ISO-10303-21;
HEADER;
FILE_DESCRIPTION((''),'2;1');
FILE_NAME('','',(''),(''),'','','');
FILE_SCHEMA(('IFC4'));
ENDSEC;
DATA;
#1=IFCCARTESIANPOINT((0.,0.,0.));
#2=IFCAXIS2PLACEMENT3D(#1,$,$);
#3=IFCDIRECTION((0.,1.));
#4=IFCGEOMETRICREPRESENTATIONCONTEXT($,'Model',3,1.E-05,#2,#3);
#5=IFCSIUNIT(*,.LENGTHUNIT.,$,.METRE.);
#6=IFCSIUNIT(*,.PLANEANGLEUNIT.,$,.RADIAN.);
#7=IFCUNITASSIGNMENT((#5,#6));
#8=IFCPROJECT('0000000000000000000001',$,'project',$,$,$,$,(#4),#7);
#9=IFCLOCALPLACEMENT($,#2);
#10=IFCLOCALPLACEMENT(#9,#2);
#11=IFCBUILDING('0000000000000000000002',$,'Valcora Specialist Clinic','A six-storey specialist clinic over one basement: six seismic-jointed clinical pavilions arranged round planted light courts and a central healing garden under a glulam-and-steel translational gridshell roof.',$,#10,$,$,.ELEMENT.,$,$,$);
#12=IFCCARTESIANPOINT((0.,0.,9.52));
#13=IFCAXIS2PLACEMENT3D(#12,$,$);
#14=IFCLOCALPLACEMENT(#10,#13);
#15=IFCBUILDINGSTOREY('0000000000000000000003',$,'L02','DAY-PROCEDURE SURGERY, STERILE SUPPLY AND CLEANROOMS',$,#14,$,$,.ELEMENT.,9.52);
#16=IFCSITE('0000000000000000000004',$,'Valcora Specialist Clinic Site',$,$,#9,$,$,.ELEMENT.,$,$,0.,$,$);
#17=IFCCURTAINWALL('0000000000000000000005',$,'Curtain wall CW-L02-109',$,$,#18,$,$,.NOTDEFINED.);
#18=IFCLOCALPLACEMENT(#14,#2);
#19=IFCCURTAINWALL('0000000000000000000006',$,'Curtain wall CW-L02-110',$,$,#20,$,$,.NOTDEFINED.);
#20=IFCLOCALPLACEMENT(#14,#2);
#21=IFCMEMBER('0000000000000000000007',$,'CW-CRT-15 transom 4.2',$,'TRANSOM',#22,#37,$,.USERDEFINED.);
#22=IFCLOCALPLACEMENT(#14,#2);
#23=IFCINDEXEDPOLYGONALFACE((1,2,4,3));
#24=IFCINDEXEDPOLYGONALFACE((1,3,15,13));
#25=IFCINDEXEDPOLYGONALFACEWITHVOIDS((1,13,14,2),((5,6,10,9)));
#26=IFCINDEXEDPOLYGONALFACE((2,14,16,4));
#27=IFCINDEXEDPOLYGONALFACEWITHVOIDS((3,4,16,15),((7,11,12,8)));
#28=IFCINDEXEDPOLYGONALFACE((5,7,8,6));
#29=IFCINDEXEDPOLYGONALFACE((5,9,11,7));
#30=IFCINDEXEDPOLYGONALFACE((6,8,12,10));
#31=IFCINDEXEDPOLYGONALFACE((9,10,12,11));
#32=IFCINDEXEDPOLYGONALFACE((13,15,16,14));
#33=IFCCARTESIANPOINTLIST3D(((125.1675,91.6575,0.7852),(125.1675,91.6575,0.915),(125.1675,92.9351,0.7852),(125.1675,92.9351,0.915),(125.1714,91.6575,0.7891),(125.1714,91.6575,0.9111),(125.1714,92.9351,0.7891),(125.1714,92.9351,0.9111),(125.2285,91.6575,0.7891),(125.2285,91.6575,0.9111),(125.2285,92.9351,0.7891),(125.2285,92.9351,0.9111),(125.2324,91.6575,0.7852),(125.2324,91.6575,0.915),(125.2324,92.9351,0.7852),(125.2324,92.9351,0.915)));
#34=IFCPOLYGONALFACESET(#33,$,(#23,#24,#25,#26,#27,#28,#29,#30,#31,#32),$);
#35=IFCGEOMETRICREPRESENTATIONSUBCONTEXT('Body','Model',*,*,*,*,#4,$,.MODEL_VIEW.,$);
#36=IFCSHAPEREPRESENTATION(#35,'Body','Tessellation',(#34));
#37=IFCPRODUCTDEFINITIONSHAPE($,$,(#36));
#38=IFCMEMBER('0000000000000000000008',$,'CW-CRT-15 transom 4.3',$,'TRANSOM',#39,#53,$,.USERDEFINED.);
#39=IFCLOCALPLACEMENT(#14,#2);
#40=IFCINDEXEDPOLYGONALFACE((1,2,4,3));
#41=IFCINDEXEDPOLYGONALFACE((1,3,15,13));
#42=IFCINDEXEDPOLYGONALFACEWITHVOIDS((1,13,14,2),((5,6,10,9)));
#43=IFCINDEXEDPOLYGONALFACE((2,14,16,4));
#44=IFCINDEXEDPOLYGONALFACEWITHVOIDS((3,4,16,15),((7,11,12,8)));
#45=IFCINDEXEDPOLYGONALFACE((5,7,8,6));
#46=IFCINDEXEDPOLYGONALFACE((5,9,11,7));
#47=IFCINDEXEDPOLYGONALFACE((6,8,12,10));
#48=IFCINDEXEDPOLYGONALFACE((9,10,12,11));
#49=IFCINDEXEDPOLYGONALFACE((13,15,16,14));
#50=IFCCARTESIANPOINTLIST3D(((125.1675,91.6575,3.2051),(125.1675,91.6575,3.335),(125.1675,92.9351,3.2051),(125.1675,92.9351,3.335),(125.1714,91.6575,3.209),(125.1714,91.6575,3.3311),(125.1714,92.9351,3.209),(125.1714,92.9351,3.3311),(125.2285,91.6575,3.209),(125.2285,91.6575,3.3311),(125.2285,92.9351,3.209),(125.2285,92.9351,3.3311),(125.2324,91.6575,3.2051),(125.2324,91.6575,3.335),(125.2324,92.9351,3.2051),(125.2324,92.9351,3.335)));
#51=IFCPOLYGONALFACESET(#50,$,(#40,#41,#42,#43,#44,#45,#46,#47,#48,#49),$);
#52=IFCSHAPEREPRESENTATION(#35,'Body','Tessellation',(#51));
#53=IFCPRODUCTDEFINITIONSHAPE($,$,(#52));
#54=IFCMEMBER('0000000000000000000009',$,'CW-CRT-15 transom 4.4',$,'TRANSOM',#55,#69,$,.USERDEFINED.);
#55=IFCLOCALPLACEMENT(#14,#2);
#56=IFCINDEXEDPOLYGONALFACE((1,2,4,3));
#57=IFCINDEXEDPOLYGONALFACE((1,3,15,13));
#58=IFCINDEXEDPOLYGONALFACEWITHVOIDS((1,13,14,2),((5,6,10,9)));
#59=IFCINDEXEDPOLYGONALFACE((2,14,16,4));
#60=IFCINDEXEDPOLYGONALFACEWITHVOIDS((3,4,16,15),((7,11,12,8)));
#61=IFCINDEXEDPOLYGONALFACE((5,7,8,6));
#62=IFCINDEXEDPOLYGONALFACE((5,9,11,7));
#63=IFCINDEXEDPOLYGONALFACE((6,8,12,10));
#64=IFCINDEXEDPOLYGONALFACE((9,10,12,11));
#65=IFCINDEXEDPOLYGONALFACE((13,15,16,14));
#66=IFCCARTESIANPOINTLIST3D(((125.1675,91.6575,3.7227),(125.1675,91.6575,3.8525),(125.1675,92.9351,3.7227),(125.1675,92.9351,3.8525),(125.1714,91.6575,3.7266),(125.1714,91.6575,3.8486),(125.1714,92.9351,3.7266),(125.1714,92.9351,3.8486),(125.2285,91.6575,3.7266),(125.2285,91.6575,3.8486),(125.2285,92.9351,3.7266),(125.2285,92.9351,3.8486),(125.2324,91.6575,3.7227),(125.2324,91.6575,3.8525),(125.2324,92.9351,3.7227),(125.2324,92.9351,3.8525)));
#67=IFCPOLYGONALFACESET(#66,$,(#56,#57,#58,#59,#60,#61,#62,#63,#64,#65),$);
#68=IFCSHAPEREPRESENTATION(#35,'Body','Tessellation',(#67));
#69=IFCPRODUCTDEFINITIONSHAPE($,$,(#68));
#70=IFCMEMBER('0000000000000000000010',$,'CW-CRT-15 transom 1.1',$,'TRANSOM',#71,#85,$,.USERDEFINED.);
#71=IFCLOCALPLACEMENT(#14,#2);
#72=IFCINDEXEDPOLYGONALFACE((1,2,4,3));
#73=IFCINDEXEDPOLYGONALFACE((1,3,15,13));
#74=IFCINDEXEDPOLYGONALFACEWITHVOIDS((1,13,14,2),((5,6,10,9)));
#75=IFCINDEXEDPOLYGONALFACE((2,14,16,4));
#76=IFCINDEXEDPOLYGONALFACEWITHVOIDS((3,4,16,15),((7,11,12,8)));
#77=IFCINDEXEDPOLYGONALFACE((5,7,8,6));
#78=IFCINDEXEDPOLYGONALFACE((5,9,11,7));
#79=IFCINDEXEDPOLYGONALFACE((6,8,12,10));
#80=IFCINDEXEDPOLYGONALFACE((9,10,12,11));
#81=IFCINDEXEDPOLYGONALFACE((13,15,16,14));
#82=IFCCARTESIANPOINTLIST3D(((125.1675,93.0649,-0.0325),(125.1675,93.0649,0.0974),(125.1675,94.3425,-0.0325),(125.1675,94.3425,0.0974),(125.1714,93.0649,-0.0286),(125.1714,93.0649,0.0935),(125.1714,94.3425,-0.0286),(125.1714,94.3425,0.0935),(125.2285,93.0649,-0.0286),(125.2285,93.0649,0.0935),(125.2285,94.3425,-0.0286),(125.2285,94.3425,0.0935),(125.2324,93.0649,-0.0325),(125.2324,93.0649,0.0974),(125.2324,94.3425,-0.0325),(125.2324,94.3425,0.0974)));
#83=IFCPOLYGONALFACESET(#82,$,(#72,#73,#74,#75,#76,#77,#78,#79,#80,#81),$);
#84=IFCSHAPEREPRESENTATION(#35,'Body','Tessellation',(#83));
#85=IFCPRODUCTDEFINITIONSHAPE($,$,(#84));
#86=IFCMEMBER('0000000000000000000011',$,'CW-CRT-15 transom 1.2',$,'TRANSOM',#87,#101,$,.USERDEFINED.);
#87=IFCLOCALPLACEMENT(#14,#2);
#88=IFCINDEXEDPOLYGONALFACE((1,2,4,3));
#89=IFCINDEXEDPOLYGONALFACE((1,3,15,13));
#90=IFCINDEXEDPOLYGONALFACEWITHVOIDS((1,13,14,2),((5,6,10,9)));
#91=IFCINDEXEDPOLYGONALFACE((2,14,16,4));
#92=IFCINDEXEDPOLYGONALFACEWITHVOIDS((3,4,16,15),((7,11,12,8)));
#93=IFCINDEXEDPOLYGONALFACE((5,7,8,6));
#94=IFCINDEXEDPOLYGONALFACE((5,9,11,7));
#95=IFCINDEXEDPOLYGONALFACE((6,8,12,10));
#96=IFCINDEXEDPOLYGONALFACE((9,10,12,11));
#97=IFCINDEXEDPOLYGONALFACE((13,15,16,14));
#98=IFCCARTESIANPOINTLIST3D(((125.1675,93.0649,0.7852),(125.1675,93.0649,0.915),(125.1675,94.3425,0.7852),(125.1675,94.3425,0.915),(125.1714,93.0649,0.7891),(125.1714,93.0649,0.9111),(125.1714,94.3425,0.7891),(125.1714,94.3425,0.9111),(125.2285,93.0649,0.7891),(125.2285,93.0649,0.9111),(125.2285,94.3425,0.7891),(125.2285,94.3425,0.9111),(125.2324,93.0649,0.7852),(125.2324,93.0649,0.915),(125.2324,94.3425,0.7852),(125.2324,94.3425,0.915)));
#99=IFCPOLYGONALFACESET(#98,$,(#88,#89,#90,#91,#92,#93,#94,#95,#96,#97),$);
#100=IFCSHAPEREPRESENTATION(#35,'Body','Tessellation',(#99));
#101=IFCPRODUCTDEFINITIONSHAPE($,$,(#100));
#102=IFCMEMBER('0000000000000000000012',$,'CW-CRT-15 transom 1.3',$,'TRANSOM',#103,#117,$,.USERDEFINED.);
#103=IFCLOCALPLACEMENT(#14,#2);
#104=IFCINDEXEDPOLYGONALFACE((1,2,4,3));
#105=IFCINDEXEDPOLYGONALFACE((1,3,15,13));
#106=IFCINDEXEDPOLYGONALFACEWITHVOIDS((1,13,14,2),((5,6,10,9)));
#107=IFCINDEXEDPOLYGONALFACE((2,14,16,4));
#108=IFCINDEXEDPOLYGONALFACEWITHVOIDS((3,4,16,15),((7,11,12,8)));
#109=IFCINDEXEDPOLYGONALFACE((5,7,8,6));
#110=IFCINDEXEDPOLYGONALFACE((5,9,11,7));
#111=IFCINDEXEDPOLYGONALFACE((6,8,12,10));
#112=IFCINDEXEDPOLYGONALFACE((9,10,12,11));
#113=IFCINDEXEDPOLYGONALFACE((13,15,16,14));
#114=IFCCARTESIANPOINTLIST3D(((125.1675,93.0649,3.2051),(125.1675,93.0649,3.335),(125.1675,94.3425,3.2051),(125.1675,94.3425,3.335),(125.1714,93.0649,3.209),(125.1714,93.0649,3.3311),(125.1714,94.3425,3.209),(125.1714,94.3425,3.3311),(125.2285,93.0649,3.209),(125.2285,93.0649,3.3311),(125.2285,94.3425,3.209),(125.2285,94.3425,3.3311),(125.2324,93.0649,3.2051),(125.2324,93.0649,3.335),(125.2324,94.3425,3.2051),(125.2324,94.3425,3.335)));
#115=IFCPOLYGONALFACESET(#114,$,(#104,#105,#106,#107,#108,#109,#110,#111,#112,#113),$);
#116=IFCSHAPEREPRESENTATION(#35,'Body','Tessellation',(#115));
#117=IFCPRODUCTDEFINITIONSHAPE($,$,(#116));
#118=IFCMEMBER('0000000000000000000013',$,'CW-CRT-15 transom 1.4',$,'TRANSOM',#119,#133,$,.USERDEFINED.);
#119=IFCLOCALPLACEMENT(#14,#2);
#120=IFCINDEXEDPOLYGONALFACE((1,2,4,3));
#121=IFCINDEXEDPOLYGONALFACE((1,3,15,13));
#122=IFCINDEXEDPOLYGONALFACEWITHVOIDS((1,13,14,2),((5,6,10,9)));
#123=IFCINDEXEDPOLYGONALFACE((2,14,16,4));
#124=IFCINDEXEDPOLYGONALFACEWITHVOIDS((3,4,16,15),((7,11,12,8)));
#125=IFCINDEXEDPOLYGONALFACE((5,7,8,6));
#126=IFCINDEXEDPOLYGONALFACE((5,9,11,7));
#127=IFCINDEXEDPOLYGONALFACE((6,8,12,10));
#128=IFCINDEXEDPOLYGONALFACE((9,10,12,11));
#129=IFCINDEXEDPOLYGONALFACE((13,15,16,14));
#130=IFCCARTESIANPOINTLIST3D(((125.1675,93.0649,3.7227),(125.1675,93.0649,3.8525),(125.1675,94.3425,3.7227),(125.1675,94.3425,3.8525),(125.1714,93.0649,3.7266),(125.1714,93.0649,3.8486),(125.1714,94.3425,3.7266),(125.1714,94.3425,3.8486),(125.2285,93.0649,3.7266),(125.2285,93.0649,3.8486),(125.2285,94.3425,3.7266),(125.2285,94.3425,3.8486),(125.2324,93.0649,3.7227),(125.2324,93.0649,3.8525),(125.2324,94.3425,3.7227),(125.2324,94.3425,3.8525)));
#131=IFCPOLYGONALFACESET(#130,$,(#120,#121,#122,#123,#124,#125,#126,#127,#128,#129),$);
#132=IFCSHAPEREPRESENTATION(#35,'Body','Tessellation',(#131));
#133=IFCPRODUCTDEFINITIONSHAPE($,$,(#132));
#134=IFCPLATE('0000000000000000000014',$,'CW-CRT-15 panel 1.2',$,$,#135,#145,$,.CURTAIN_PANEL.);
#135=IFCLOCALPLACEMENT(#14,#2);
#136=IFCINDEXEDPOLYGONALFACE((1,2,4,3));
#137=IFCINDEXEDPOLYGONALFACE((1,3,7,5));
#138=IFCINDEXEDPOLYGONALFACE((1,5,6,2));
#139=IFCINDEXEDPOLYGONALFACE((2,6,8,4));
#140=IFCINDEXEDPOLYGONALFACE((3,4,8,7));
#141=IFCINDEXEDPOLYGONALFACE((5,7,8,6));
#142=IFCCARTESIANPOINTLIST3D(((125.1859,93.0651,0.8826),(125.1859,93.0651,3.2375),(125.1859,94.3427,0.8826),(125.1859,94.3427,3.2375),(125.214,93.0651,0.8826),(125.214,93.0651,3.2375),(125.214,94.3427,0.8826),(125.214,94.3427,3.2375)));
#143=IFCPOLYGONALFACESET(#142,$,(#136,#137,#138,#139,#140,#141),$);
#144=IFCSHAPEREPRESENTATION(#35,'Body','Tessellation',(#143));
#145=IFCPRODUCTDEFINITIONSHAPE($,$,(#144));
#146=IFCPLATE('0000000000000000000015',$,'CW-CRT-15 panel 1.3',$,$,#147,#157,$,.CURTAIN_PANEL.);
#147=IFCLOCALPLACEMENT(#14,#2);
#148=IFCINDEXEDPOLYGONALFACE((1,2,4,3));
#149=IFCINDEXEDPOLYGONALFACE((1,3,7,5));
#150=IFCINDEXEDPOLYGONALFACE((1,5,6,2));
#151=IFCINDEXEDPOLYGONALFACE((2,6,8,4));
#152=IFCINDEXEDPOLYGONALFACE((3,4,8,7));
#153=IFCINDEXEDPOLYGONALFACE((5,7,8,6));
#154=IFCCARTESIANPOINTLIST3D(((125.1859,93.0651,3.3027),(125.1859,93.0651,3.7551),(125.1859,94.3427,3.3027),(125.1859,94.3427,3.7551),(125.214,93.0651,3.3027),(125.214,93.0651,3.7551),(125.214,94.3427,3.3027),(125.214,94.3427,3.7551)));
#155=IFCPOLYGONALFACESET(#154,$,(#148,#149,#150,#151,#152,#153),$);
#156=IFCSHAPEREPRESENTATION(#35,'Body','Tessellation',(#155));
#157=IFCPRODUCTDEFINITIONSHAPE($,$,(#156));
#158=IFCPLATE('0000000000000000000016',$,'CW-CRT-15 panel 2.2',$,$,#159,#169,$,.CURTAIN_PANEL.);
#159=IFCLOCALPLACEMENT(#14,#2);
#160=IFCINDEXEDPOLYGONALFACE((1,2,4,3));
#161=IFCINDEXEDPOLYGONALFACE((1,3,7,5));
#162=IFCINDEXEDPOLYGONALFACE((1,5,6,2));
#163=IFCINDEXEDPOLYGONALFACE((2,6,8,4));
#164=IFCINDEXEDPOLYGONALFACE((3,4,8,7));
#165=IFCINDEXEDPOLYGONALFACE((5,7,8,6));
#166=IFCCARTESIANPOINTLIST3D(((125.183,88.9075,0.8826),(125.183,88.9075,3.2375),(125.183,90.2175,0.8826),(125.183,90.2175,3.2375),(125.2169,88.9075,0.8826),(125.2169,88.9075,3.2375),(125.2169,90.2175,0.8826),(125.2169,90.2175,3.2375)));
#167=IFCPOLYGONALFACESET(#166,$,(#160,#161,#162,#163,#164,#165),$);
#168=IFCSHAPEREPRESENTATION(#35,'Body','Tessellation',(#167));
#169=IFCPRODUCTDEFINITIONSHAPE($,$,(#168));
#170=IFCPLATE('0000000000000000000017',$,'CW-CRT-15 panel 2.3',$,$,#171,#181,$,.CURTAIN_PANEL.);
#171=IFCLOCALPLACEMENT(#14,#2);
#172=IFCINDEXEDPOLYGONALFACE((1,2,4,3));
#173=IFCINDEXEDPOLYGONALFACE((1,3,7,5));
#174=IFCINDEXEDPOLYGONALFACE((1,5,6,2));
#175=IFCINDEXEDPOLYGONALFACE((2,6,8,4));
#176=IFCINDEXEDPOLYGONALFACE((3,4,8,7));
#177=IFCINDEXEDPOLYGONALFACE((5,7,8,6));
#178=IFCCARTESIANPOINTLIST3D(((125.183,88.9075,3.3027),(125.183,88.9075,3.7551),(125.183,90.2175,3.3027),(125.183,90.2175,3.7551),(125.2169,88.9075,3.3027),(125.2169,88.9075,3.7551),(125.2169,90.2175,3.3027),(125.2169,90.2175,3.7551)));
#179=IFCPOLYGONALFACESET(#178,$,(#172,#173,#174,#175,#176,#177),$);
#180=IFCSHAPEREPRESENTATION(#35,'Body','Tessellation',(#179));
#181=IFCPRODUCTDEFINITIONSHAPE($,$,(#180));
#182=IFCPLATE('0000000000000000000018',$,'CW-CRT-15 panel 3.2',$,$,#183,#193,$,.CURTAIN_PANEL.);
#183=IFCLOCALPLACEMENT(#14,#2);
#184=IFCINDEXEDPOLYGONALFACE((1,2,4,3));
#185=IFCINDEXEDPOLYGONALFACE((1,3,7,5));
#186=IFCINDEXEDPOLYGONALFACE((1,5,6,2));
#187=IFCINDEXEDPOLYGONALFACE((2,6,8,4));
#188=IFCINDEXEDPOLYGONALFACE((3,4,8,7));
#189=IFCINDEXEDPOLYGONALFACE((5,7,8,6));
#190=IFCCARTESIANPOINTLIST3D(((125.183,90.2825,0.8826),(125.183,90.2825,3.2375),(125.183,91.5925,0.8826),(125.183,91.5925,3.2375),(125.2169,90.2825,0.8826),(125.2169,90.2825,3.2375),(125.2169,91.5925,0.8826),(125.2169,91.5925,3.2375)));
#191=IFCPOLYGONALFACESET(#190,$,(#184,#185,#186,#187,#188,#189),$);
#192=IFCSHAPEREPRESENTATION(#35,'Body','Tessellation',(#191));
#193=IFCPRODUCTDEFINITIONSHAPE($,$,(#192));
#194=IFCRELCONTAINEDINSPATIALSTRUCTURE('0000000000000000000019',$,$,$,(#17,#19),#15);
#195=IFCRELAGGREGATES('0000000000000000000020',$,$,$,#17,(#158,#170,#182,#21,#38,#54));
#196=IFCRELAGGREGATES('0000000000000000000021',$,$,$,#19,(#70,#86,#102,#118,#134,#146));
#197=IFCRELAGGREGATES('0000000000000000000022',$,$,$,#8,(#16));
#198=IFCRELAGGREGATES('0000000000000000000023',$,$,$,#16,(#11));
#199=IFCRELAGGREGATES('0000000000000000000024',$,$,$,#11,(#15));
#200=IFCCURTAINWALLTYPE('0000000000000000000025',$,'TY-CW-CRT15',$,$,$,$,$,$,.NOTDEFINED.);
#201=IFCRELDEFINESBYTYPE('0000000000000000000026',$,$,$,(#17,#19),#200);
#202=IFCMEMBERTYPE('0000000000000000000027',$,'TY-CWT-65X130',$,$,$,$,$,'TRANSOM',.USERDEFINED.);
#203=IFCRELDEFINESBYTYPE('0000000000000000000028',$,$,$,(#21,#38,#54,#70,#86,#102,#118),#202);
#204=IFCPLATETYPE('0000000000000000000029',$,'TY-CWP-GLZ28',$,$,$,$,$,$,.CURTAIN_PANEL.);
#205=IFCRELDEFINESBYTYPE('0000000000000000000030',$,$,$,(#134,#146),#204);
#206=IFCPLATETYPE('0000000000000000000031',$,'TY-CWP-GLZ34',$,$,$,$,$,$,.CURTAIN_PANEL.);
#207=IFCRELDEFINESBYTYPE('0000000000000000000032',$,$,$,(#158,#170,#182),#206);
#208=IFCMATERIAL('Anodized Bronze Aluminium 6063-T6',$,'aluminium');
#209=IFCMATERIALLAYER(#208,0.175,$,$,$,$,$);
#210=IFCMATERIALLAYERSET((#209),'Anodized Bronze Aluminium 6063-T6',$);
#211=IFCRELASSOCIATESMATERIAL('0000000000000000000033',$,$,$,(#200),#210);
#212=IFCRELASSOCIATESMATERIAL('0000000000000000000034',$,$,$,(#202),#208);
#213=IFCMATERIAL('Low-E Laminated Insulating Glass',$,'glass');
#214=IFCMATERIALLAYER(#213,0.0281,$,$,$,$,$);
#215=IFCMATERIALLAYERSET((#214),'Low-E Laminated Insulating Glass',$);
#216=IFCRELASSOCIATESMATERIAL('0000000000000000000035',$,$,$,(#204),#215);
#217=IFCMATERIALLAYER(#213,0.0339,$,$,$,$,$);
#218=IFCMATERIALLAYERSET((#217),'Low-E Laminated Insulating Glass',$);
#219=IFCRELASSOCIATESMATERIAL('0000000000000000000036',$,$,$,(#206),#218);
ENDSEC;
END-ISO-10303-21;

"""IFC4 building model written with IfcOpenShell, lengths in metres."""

from ifc_helpers import new_model, si_unit, direction, frame, origin, origin_2d, place, context, subcontext, project, spatial, rectangle, hollow_rectangle, extrude, material, layer, layer_set, material_profile, profile_set, type_object, element, aggregate, save


model = new_model("IFC4")

# Units and contexts
model_context = context("Model", 3, precision=1e-05, world=origin(), true_north=direction((0.0, 1.0)))
body_context = subcontext(model_context, "Body", "Model", "MODEL_VIEW")
ifc_project = project(units=[si_unit("LENGTHUNIT", "METRE"), si_unit("PLANEANGLEUNIT", "RADIAN")], contexts=[model_context])

# Site, building, storey
site_placement = place(None, origin())
site = spatial("IfcSite", under=ifc_project, at=site_placement, Name="Valcora Specialist Clinic Site", CompositionType="ELEMENT", RefElevation=0.0)
building_placement = place(site_placement, origin())
building = spatial("IfcBuilding", under=site, at=building_placement, Name="Valcora Specialist Clinic", Description="A six-storey specialist clinic over one basement: six seismic-jointed clinical pavilions arranged round planted light courts and a central healing garden under a glulam-and-steel translational gridshell roof.", CompositionType="ELEMENT")
storey_placement = place(building_placement, frame((0.0, 0.0, 9.52)))
storey = spatial("IfcBuildingStorey", under=building, at=storey_placement, Name="L02", Description="DAY-PROCEDURE SURGERY, STERILE SUPPLY AND CLEANROOMS", CompositionType="ELEMENT", Elevation=9.52)

# Curtain walls
ifc_material_1 = material(Name="Anodized Bronze Aluminium 6063-T6", Category="aluminium")
ifc_layer_1 = layer(ifc_material_1, 0.175)
ifc_layer_set_1 = layer_set([ifc_layer_1], Name="Anodized Bronze Aluminium 6063-T6")
curtain_wall_type = type_object("IfcCurtainWallType", Name="TY-CW-CRT15", PredefinedType="NOTDEFINED", material=ifc_layer_set_1)
curtain_wall_1_placement = place(storey_placement, origin())
curtain_wall_1 = element("IfcCurtainWall", 1, at=curtain_wall_1_placement, inside=storey, type_object=curtain_wall_type, Name="Curtain wall CW-L02-109", PredefinedType="NOTDEFINED")
curtain_wall_2_placement = place(storey_placement, origin())
curtain_wall_2 = element("IfcCurtainWall", 2, at=curtain_wall_2_placement, inside=storey, type_object=curtain_wall_type, Name="Curtain wall CW-L02-110", PredefinedType="NOTDEFINED")

# Members
ifc_material_profile_1 = material_profile(ifc_material_1, hollow_rectangle(XDim=0.0649, YDim=0.1299, WallThickness=0.0039, at=origin_2d()), Name="AL-TRN-65X130")
ifc_profile_set_1 = profile_set([ifc_material_profile_1], Name="Anodized Bronze Aluminium 6063-T6")
member_type_1 = type_object("IfcMemberType", Name="TY-CWT-65X130", ElementType="TRANSOM", PredefinedType="USERDEFINED", material=ifc_profile_set_1)
member_1_placement = place(storey_placement, frame((125.2, 91.6575, 0.8501), z_axis=(0.0, 1.0, 0.0), x_axis=(-1.0, 0.0, 0.0)))
member_1 = element("IfcMember", 3, at=member_1_placement, type_object=member_type_1, Name="CW-CRT-15 transom 4.2", ObjectType="TRANSOM", PredefinedType="USERDEFINED", context=body_context, shape_type="SweptSolid", body=[
    extrude(hollow_rectangle(XDim=0.0649, YDim=0.1299, WallThickness=0.0039, at=origin_2d()), origin(), (0.0, 0.0, 1.0), 1.2776),
])
member_2_placement = place(storey_placement, frame((125.2, 91.6575, 3.27), z_axis=(0.0, 1.0, 0.0), x_axis=(-1.0, 0.0, 0.0)))
member_2 = element("IfcMember", 4, at=member_2_placement, type_object=member_type_1, Name="CW-CRT-15 transom 4.3", ObjectType="TRANSOM", PredefinedType="USERDEFINED", context=body_context, shape_type="SweptSolid", body=[
    extrude(hollow_rectangle(XDim=0.0649, YDim=0.1299, WallThickness=0.0039, at=origin_2d()), origin(), (0.0, 0.0, 1.0), 1.2776),
])
member_3_placement = place(storey_placement, frame((125.2, 91.6575, 3.7876), z_axis=(0.0, 1.0, 0.0), x_axis=(-1.0, 0.0, 0.0)))
member_3 = element("IfcMember", 5, at=member_3_placement, type_object=member_type_1, Name="CW-CRT-15 transom 4.4", ObjectType="TRANSOM", PredefinedType="USERDEFINED", context=body_context, shape_type="SweptSolid", body=[
    extrude(hollow_rectangle(XDim=0.0649, YDim=0.1299, WallThickness=0.0039, at=origin_2d()), origin(), (0.0, 0.0, 1.0), 1.2776),
])
member_4_placement = place(storey_placement, frame((125.2, 93.0649, 0.0325), z_axis=(0.0, 1.0, 0.0), x_axis=(-1.0, 0.0, 0.0)))
member_4 = element("IfcMember", 6, at=member_4_placement, type_object=member_type_1, Name="CW-CRT-15 transom 1.1", ObjectType="TRANSOM", PredefinedType="USERDEFINED", context=body_context, shape_type="SweptSolid", body=[
    extrude(hollow_rectangle(XDim=0.0649, YDim=0.1299, WallThickness=0.0039, at=origin_2d()), origin(), (0.0, 0.0, 1.0), 1.2776),
])
member_5_placement = place(storey_placement, frame((125.2, 93.0649, 0.8501), z_axis=(0.0, 1.0, 0.0), x_axis=(-1.0, 0.0, 0.0)))
member_5 = element("IfcMember", 7, at=member_5_placement, type_object=member_type_1, Name="CW-CRT-15 transom 1.2", ObjectType="TRANSOM", PredefinedType="USERDEFINED", context=body_context, shape_type="SweptSolid", body=[
    extrude(hollow_rectangle(XDim=0.0649, YDim=0.1299, WallThickness=0.0039, at=origin_2d()), origin(), (0.0, 0.0, 1.0), 1.2776),
])
member_6_placement = place(storey_placement, frame((125.2, 93.0649, 3.27), z_axis=(0.0, 1.0, 0.0), x_axis=(-1.0, 0.0, 0.0)))
member_6 = element("IfcMember", 8, at=member_6_placement, type_object=member_type_1, Name="CW-CRT-15 transom 1.3", ObjectType="TRANSOM", PredefinedType="USERDEFINED", context=body_context, shape_type="SweptSolid", body=[
    extrude(hollow_rectangle(XDim=0.0649, YDim=0.1299, WallThickness=0.0039, at=origin_2d()), origin(), (0.0, 0.0, 1.0), 1.2776),
])
member_7_placement = place(storey_placement, frame((125.2, 93.0649, 3.7876), z_axis=(0.0, 1.0, 0.0), x_axis=(-1.0, 0.0, 0.0)))
member_7 = element("IfcMember", 9, at=member_7_placement, type_object=member_type_1, Name="CW-CRT-15 transom 1.4", ObjectType="TRANSOM", PredefinedType="USERDEFINED", context=body_context, shape_type="SweptSolid", body=[
    extrude(hollow_rectangle(XDim=0.0649, YDim=0.1299, WallThickness=0.0039, at=origin_2d()), origin(), (0.0, 0.0, 1.0), 1.2776),
])

# Plates
ifc_material_2 = material(Name="Low-E Laminated Insulating Glass", Category="glass")
ifc_layer_2 = layer(ifc_material_2, 0.0281)
ifc_layer_set_2 = layer_set([ifc_layer_2], Name="Low-E Laminated Insulating Glass")
plate_type_1 = type_object("IfcPlateType", Name="TY-CWP-GLZ28", PredefinedType="CURTAIN_PANEL", material=ifc_layer_set_2)
plate_1_placement = place(storey_placement, frame((125.2, 93.7039, 0.8826), z_axis=(0.0, 0.0, 1.0), x_axis=(0.0, 1.0, 0.0)))
plate_1 = element("IfcPlate", 10, at=plate_1_placement, type_object=plate_type_1, Name="CW-CRT-15 panel 1.2", PredefinedType="CURTAIN_PANEL", context=body_context, shape_type="SweptSolid", body=[
    extrude(rectangle(XDim=1.2776, YDim=0.0281, at=origin_2d()), origin(), (0.0, 0.0, 1.0), 2.355),
])
plate_2_placement = place(storey_placement, frame((125.2, 93.7039, 3.3027), z_axis=(0.0, 0.0, 1.0), x_axis=(0.0, 1.0, 0.0)))
plate_2 = element("IfcPlate", 11, at=plate_2_placement, type_object=plate_type_1, Name="CW-CRT-15 panel 1.3", PredefinedType="CURTAIN_PANEL", context=body_context, shape_type="SweptSolid", body=[
    extrude(rectangle(XDim=1.2776, YDim=0.0281, at=origin_2d()), origin(), (0.0, 0.0, 1.0), 0.4524),
])
ifc_layer_3 = layer(ifc_material_2, 0.0339)
ifc_layer_set_3 = layer_set([ifc_layer_3], Name="Low-E Laminated Insulating Glass")
plate_type_2 = type_object("IfcPlateType", Name="TY-CWP-GLZ34", PredefinedType="CURTAIN_PANEL", material=ifc_layer_set_3)
plate_3_placement = place(storey_placement, frame((125.2, 89.5625, 0.8826), z_axis=(0.0, 0.0, 1.0), x_axis=(0.0, 1.0, 0.0)))
plate_3 = element("IfcPlate", 12, at=plate_3_placement, type_object=plate_type_2, Name="CW-CRT-15 panel 2.2", PredefinedType="CURTAIN_PANEL", context=body_context, shape_type="SweptSolid", body=[
    extrude(rectangle(XDim=1.3101, YDim=0.0339, at=origin_2d()), origin(), (0.0, 0.0, 1.0), 2.355),
])
plate_4_placement = place(storey_placement, frame((125.2, 89.5625, 3.3027), z_axis=(0.0, 0.0, 1.0), x_axis=(0.0, 1.0, 0.0)))
plate_4 = element("IfcPlate", 13, at=plate_4_placement, type_object=plate_type_2, Name="CW-CRT-15 panel 2.3", PredefinedType="CURTAIN_PANEL", context=body_context, shape_type="SweptSolid", body=[
    extrude(rectangle(XDim=1.3101, YDim=0.0339, at=origin_2d()), origin(), (0.0, 0.0, 1.0), 0.4524),
])
plate_5_placement = place(storey_placement, frame((125.2, 90.9375, 0.8826), z_axis=(0.0, 0.0, 1.0), x_axis=(0.0, 1.0, 0.0)))
plate_5 = element("IfcPlate", 14, at=plate_5_placement, type_object=plate_type_2, Name="CW-CRT-15 panel 3.2", PredefinedType="CURTAIN_PANEL", context=body_context, shape_type="SweptSolid", body=[
    extrude(rectangle(XDim=1.3101, YDim=0.0339, at=origin_2d()), origin(), (0.0, 0.0, 1.0), 2.355),
])
aggregate(curtain_wall_1, [plate_3, plate_4, plate_5, member_1, member_2, member_3])
aggregate(curtain_wall_2, [member_4, member_5, member_6, member_7, plate_1, plate_2])

save(model, "model.ifc")
